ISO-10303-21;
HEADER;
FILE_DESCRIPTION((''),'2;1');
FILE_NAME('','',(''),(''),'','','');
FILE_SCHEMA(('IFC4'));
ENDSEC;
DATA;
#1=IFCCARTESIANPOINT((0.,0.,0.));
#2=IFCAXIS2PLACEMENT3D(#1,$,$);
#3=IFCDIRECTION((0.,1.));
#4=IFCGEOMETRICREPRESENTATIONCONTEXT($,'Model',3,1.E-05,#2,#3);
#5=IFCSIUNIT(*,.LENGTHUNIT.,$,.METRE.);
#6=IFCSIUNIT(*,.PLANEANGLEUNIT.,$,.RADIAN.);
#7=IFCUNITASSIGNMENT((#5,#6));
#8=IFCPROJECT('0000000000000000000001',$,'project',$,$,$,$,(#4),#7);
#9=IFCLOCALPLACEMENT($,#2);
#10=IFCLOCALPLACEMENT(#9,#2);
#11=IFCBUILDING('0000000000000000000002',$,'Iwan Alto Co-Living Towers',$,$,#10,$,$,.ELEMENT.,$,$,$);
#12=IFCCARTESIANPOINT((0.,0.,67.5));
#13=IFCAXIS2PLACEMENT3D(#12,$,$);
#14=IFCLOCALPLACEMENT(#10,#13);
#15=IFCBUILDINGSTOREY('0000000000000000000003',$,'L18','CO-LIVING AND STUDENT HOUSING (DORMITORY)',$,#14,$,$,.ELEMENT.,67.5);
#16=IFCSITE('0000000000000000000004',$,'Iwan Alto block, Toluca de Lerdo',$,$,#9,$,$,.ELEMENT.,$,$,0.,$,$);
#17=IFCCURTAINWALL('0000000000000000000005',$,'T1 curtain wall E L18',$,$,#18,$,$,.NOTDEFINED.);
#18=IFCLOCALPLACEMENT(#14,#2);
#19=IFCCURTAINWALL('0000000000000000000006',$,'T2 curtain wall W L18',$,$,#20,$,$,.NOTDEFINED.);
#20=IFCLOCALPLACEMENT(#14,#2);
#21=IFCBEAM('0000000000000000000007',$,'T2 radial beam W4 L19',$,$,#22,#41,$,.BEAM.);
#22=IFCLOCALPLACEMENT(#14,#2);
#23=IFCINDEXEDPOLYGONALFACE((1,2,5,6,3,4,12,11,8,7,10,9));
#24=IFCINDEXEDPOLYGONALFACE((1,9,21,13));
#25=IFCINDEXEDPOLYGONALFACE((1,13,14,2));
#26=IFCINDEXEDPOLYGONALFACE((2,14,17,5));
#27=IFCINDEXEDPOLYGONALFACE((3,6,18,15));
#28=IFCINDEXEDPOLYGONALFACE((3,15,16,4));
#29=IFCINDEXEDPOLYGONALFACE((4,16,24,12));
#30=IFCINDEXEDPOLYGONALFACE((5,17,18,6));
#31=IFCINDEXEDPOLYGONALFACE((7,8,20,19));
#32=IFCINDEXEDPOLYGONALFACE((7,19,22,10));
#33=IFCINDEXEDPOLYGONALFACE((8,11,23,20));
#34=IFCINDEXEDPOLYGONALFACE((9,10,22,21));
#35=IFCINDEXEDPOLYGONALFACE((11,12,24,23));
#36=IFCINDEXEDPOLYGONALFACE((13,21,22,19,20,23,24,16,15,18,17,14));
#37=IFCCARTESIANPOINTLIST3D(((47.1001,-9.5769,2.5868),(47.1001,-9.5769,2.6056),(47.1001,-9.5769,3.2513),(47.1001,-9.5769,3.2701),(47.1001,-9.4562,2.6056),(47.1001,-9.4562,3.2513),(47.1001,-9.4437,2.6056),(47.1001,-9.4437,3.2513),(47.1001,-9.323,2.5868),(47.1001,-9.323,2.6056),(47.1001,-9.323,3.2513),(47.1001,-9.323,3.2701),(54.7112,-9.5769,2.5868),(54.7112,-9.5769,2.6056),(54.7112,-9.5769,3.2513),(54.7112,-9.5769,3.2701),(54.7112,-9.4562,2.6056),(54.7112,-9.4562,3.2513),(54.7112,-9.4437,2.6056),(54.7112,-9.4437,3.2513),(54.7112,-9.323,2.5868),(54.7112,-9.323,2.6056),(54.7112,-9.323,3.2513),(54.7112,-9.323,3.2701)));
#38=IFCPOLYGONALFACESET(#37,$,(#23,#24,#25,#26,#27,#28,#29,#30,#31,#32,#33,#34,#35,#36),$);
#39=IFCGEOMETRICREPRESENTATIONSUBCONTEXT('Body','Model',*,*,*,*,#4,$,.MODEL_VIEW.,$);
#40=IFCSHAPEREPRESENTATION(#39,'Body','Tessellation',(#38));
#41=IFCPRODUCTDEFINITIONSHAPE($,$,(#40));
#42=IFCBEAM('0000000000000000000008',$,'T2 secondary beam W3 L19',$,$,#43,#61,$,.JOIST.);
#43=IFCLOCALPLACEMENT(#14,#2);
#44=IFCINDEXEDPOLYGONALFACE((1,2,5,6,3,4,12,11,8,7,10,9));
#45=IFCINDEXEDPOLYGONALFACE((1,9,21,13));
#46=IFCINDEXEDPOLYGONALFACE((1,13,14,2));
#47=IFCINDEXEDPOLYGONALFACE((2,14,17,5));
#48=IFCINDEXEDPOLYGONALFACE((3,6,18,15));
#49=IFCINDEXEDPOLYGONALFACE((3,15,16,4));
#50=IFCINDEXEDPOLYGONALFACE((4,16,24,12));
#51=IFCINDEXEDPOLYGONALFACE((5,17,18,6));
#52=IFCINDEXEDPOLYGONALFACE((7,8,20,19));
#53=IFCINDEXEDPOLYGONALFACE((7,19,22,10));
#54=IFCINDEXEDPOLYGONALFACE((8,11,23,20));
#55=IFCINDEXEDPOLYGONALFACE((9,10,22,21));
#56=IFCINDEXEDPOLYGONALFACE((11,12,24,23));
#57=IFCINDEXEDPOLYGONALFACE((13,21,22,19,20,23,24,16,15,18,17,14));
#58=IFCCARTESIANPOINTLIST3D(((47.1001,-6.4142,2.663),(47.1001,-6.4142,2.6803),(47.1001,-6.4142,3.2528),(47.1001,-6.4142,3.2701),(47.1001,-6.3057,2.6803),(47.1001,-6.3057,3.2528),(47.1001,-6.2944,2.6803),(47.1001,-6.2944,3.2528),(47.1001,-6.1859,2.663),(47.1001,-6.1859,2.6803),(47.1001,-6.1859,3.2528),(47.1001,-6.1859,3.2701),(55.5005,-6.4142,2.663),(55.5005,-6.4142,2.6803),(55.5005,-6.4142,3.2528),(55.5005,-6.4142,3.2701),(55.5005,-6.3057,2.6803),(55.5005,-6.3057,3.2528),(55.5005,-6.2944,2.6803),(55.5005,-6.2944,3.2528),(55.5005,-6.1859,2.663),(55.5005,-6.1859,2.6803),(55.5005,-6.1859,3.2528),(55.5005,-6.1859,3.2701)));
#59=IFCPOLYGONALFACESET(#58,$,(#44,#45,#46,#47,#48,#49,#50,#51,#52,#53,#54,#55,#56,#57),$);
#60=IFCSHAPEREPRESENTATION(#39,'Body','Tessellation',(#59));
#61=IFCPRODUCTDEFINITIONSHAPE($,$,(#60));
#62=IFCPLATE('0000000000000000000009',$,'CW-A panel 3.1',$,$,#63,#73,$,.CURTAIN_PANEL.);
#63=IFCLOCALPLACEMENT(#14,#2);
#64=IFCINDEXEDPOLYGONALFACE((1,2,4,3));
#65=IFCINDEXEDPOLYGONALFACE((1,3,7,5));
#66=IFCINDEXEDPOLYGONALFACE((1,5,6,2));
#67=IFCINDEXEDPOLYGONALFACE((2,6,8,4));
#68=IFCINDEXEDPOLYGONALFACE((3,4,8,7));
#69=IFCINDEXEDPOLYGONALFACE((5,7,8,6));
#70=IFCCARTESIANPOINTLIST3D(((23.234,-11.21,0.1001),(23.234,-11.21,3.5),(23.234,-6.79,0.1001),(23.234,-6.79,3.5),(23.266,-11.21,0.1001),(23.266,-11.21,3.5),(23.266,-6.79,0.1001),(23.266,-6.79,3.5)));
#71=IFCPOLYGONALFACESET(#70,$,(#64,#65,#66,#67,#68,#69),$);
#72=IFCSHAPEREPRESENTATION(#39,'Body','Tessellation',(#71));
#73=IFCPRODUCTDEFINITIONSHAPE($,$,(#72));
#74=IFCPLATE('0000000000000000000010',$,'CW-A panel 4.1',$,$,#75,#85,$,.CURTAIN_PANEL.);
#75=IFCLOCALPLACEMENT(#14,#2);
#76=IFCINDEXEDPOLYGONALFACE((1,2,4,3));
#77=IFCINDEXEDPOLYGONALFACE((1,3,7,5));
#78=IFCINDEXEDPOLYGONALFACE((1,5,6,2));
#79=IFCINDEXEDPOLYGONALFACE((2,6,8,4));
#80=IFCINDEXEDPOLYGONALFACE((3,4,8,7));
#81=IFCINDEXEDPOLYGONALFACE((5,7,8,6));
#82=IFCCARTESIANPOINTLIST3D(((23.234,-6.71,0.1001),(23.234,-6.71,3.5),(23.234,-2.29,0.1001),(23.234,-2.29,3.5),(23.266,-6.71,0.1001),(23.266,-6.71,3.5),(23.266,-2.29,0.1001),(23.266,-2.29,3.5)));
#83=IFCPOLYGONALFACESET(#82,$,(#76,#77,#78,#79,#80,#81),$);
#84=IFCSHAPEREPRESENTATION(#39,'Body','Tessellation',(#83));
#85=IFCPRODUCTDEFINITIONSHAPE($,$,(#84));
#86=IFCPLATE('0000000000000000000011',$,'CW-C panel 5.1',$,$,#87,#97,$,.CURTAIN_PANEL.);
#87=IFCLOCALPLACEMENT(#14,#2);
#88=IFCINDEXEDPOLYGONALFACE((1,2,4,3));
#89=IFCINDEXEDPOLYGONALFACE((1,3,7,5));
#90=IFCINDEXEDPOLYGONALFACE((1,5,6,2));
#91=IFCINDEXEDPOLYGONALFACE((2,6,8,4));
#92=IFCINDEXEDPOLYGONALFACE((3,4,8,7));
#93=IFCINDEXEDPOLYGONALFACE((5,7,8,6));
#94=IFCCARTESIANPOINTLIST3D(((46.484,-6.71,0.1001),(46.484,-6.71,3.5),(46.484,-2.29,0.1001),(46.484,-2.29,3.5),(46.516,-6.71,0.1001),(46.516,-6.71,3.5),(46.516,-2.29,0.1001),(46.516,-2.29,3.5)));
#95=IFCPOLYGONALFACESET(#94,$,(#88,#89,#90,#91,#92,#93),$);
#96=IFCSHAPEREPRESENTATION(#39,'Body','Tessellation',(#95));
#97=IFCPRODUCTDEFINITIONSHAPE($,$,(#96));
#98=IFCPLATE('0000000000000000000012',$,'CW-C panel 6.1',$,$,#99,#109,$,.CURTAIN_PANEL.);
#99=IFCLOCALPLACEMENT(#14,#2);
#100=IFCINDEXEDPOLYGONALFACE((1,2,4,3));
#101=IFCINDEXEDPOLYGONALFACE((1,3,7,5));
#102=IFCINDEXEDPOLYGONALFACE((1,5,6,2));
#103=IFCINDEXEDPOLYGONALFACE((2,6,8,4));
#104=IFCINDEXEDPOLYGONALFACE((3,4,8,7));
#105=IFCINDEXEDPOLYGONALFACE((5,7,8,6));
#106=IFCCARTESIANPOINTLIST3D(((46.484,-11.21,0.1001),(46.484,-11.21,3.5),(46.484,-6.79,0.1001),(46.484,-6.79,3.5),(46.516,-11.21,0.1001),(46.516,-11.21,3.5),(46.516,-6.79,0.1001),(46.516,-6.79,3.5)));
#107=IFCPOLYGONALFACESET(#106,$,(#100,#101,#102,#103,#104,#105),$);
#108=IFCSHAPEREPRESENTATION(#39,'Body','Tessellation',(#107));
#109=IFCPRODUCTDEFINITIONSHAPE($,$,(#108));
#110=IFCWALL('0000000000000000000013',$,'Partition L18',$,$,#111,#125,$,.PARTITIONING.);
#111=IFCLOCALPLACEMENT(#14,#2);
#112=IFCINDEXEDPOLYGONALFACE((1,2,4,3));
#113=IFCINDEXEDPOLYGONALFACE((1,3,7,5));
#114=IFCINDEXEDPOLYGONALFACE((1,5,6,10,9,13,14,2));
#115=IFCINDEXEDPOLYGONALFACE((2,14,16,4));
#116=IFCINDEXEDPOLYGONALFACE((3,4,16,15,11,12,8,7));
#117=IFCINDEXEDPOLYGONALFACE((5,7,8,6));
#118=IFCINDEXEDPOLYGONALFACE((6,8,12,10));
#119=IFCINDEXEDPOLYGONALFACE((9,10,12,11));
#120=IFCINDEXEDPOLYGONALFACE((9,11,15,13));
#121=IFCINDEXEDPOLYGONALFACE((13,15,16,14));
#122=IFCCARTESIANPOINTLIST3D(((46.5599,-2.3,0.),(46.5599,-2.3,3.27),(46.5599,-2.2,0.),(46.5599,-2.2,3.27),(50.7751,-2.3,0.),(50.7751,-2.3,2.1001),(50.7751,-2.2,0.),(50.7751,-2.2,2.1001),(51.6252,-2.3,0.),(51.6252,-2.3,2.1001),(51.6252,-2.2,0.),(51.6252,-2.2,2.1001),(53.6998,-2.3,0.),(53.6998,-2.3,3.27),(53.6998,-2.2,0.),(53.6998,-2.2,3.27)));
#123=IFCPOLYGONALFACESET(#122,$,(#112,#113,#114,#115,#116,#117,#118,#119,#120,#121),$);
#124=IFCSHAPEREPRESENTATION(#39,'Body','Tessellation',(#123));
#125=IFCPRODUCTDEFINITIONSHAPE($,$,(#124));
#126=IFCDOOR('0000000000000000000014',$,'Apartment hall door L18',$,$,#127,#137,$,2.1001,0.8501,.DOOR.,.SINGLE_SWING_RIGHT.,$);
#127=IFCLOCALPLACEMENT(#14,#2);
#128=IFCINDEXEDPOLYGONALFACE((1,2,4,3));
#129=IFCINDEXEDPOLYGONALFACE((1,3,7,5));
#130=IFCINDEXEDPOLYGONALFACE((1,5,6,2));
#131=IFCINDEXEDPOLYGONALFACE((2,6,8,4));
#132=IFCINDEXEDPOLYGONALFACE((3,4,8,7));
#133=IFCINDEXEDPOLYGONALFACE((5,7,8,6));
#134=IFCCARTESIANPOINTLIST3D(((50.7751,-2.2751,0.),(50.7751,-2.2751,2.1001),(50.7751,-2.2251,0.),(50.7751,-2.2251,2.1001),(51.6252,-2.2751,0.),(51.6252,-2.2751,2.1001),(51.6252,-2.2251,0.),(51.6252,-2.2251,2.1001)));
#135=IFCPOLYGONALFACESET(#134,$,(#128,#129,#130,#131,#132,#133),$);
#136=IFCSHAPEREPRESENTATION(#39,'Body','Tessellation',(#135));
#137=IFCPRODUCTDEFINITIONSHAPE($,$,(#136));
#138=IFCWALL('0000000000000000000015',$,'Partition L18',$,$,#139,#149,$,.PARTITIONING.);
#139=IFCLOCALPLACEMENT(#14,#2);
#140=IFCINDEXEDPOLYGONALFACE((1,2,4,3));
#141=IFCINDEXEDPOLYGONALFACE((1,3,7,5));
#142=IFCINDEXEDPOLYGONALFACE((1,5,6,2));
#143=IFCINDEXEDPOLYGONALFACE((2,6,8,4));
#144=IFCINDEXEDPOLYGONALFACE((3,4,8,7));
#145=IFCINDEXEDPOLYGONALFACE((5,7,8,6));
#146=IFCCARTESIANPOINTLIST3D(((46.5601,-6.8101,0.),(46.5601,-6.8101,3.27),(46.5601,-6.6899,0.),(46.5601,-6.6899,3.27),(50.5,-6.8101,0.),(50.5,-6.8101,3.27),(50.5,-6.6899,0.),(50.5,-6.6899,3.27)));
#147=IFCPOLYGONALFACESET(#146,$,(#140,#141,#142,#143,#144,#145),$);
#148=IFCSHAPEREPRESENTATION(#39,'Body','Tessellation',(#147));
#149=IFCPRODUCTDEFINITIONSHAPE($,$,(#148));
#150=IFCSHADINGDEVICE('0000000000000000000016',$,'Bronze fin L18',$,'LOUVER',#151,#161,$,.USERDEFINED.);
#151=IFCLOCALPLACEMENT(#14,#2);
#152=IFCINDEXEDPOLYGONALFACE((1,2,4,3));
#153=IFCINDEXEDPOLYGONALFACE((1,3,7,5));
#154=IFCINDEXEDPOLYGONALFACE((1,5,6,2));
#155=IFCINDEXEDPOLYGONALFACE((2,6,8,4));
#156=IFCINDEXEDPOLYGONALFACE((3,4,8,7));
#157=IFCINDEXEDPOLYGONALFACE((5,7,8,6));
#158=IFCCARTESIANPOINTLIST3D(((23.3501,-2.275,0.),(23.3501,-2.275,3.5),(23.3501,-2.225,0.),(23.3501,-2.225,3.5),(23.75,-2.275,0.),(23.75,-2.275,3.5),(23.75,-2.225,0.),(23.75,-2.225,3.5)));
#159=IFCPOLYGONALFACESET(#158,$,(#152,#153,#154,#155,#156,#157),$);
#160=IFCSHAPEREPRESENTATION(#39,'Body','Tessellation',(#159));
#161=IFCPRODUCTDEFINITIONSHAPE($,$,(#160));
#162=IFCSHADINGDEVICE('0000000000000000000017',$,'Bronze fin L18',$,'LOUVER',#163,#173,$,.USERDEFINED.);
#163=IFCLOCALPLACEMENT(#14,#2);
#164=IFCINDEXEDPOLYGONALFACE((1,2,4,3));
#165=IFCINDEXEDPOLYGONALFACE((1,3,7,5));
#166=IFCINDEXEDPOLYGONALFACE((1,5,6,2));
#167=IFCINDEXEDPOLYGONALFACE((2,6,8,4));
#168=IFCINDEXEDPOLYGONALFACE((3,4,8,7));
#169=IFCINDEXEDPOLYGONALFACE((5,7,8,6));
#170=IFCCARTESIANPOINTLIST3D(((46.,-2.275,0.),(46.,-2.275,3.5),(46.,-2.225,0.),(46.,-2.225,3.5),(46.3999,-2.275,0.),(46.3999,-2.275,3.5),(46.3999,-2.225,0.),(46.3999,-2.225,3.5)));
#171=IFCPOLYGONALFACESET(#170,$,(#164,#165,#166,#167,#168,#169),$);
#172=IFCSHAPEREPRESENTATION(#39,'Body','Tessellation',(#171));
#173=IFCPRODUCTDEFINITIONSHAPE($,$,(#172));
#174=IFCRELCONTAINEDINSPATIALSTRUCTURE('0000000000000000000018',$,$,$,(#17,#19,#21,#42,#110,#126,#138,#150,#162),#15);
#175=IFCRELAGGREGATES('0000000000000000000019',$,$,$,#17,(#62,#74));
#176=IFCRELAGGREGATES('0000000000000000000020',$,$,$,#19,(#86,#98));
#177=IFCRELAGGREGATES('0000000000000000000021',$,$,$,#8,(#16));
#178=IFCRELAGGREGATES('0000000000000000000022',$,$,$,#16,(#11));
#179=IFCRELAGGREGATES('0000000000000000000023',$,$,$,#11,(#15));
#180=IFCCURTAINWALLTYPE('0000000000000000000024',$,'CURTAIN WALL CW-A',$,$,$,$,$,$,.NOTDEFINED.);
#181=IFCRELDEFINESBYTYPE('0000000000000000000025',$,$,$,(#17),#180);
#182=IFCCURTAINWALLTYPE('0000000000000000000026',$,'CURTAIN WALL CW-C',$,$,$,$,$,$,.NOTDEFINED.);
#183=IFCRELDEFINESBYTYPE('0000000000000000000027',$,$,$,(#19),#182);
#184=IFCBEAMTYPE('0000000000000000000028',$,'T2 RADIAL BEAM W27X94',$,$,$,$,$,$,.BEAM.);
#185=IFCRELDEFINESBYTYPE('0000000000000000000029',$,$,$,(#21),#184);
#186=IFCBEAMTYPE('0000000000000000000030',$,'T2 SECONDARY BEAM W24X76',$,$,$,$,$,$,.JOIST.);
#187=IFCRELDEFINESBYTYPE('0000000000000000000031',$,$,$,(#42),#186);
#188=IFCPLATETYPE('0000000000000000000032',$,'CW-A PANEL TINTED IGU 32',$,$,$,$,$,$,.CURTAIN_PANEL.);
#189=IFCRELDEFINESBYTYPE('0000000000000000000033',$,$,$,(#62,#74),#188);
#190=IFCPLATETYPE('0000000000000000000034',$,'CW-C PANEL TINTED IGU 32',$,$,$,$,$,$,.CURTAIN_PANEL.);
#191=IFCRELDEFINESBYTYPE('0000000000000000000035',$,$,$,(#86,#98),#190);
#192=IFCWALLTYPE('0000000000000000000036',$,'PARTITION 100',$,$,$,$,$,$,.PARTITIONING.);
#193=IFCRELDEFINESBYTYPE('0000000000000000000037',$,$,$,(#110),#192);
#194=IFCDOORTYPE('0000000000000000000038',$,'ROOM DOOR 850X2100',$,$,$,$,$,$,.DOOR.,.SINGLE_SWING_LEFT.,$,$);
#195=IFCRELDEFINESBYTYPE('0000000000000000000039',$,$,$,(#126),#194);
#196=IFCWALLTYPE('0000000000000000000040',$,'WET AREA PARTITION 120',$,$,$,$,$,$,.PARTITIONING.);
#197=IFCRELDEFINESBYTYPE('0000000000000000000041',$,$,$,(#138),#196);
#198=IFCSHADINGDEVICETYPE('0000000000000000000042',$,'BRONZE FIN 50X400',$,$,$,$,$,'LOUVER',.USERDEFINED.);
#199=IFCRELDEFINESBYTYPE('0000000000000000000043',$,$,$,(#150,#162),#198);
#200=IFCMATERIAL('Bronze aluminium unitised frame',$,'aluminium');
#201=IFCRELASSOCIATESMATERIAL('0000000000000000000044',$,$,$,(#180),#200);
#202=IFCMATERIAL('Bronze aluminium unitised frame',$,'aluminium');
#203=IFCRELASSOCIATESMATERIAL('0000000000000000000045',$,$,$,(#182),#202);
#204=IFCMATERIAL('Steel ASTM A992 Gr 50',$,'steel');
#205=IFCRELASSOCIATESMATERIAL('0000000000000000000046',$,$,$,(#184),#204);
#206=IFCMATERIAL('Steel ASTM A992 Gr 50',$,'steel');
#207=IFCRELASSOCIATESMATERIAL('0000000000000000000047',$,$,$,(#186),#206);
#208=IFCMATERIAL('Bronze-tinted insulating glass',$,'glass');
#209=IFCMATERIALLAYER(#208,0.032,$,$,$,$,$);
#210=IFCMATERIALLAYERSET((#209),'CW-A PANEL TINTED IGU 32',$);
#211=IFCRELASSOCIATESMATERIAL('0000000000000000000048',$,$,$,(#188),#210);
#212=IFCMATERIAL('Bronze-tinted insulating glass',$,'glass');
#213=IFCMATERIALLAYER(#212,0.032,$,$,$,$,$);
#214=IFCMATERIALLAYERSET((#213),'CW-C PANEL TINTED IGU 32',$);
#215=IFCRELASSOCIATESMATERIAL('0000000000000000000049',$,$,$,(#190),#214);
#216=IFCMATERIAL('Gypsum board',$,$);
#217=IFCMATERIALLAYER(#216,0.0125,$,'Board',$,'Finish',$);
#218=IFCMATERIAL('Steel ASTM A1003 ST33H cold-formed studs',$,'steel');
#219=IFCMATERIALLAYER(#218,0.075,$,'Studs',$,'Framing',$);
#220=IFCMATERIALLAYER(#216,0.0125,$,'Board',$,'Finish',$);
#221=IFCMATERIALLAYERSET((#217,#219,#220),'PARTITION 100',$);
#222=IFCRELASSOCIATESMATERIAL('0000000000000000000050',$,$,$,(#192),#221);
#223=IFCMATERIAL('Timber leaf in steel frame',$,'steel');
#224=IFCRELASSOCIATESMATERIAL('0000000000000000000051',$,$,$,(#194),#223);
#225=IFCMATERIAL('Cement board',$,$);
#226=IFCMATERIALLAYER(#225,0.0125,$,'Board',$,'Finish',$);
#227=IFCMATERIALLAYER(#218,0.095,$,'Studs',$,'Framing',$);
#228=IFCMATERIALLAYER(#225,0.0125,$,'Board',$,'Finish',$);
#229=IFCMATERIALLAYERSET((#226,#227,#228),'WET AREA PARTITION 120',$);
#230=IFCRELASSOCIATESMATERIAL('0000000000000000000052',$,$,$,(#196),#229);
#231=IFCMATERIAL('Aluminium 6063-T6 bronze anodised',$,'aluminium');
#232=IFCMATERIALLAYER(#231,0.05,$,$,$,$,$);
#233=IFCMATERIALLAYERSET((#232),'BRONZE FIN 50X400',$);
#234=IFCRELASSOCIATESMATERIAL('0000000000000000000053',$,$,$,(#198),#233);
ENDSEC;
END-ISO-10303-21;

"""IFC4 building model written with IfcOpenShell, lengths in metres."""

from ifc_helpers import new_model, si_unit, direction, frame, frame_2d, origin, origin_2d, place, context, subcontext, project, spatial, rectangle, i_section, extrude, material, layer, layer_set, material_profile, profile_set, type_object, element, fill, aggregate, save


model = new_model("IFC4")

# Units and contexts
model_context = context("Model", 3, precision=1e-05, world=origin(), true_north=direction((0.0, 1.0)))
body_context = subcontext(model_context, "Body", "Model", "MODEL_VIEW")
ifc_project = project(units=[si_unit("LENGTHUNIT", "METRE"), si_unit("PLANEANGLEUNIT", "RADIAN")], contexts=[model_context])

# Site, building, storey
site_placement = place(None, origin())
site = spatial("IfcSite", under=ifc_project, at=site_placement, Name="Iwan Alto block, Toluca de Lerdo", CompositionType="ELEMENT", RefElevation=0.0)
building_placement = place(site_placement, origin())
building = spatial("IfcBuilding", under=site, at=building_placement, Name="Iwan Alto Co-Living Towers", CompositionType="ELEMENT")
storey_placement = place(building_placement, frame((0.0, 0.0, 67.5)))
storey = spatial("IfcBuildingStorey", under=building, at=storey_placement, Name="L18", Description="CO-LIVING AND STUDENT HOUSING (DORMITORY)", CompositionType="ELEMENT", Elevation=67.5)

# Curtain walls
ifc_material_1 = material(Name="Bronze aluminium unitised frame", Category="aluminium")
curtain_wall_type_1 = type_object("IfcCurtainWallType", Name="CURTAIN WALL CW-A", PredefinedType="NOTDEFINED", material=ifc_material_1)
curtain_wall_1_placement = place(storey_placement, origin())
curtain_wall_1 = element("IfcCurtainWall", 1, at=curtain_wall_1_placement, inside=storey, type_object=curtain_wall_type_1, Name="T1 curtain wall E L18", PredefinedType="NOTDEFINED")
ifc_material_2 = material(Name="Bronze aluminium unitised frame", Category="aluminium")
curtain_wall_type_2 = type_object("IfcCurtainWallType", Name="CURTAIN WALL CW-C", PredefinedType="NOTDEFINED", material=ifc_material_2)
curtain_wall_2_placement = place(storey_placement, origin())
curtain_wall_2 = element("IfcCurtainWall", 2, at=curtain_wall_2_placement, inside=storey, type_object=curtain_wall_type_2, Name="T2 curtain wall W L18", PredefinedType="NOTDEFINED")

# Beams
ifc_material_3 = material(Name="Steel ASTM A992 Gr 50", Category="steel")
ifc_material_profile_1 = material_profile(ifc_material_3, i_section(OverallWidth=0.2539, OverallDepth=0.6833, WebThickness=0.0125, FlangeThickness=0.0188, at=origin_2d()), Name="W27X94")
ifc_profile_set_1 = profile_set([ifc_material_profile_1], Name="Steel ASTM A992 Gr 50")
beam_type_1 = type_object("IfcBeamType", Name="T2 RADIAL BEAM W27X94", PredefinedType="BEAM", material=ifc_profile_set_1)
beam_1_placement = place(storey_placement, frame((47.1001, -9.45, 2.9285), z_axis=(1.0, 0.0, 0.0), x_axis=(0.0, 1.0, 0.0)))
element("IfcBeam", 3, at=beam_1_placement, inside=storey, type_object=beam_type_1, Name="T2 radial beam W4 L19", PredefinedType="BEAM", context=body_context, shape_type="SweptSolid", body=[
    extrude(i_section(OverallWidth=0.2539, OverallDepth=0.6833, WebThickness=0.0125, FlangeThickness=0.0188, at=origin_2d()), origin(), (0.0, 0.0, 1.0), 7.6111),
])
ifc_material_4 = material(Name="Steel ASTM A992 Gr 50", Category="steel")
ifc_material_profile_2 = material_profile(ifc_material_4, i_section(OverallWidth=0.2283, OverallDepth=0.6072, WebThickness=0.0112, FlangeThickness=0.0173, at=origin_2d()), Name="W24X76")
ifc_profile_set_2 = profile_set([ifc_material_profile_2], Name="Steel ASTM A992 Gr 50")
beam_type_2 = type_object("IfcBeamType", Name="T2 SECONDARY BEAM W24X76", PredefinedType="JOIST", material=ifc_profile_set_2)
beam_2_placement = place(storey_placement, frame((47.1001, -6.3, 2.9666), z_axis=(1.0, 0.0, 0.0), x_axis=(0.0, 1.0, 0.0)))
element("IfcBeam", 4, at=beam_2_placement, inside=storey, type_object=beam_type_2, Name="T2 secondary beam W3 L19", PredefinedType="JOIST", context=body_context, shape_type="SweptSolid", body=[
    extrude(i_section(OverallWidth=0.2283, OverallDepth=0.6072, WebThickness=0.0112, FlangeThickness=0.0173, at=origin_2d()), origin(), (0.0, 0.0, 1.0), 8.4004),
])

# Plates
ifc_material_5 = material(Name="Bronze-tinted insulating glass", Category="glass")
ifc_layer_1 = layer(ifc_material_5, 0.032)
ifc_layer_set_1 = layer_set([ifc_layer_1], Name="CW-A PANEL TINTED IGU 32")
plate_type_1 = type_object("IfcPlateType", Name="CW-A PANEL TINTED IGU 32", PredefinedType="CURTAIN_PANEL", material=ifc_layer_set_1)
plate_1_placement = place(storey_placement, frame((23.25, -9.0, 0.1001), z_axis=(0.0, 0.0, 1.0), x_axis=(0.0, 1.0, 0.0)))
plate_1 = element("IfcPlate", 5, at=plate_1_placement, type_object=plate_type_1, Name="CW-A panel 3.1", PredefinedType="CURTAIN_PANEL", context=body_context, shape_type="SweptSolid", body=[
    extrude(rectangle(XDim=4.4199, YDim=0.032, at=origin_2d()), origin(), (0.0, 0.0, 1.0), 3.3999),
])
plate_2_placement = place(storey_placement, frame((23.25, -4.5, 0.1001), z_axis=(0.0, 0.0, 1.0), x_axis=(0.0, 1.0, 0.0)))
plate_2 = element("IfcPlate", 6, at=plate_2_placement, type_object=plate_type_1, Name="CW-A panel 4.1", PredefinedType="CURTAIN_PANEL", context=body_context, shape_type="SweptSolid", body=[
    extrude(rectangle(XDim=4.4199, YDim=0.032, at=origin_2d()), origin(), (0.0, 0.0, 1.0), 3.3999),
])
aggregate(curtain_wall_1, [plate_1, plate_2])
ifc_material_6 = material(Name="Bronze-tinted insulating glass", Category="glass")
ifc_layer_2 = layer(ifc_material_6, 0.032)
ifc_layer_set_2 = layer_set([ifc_layer_2], Name="CW-C PANEL TINTED IGU 32")
plate_type_2 = type_object("IfcPlateType", Name="CW-C PANEL TINTED IGU 32", PredefinedType="CURTAIN_PANEL", material=ifc_layer_set_2)
plate_3_placement = place(storey_placement, frame((46.5, -4.5, 0.1001), z_axis=(0.0, 0.0, 1.0), x_axis=(0.0, -1.0, 0.0)))
plate_3 = element("IfcPlate", 7, at=plate_3_placement, type_object=plate_type_2, Name="CW-C panel 5.1", PredefinedType="CURTAIN_PANEL", context=body_context, shape_type="SweptSolid", body=[
    extrude(rectangle(XDim=4.4199, YDim=0.032, at=origin_2d()), origin(), (0.0, 0.0, 1.0), 3.3999),
])
plate_4_placement = place(storey_placement, frame((46.5, -9.0, 0.1001), z_axis=(0.0, 0.0, 1.0), x_axis=(0.0, -1.0, 0.0)))
plate_4 = element("IfcPlate", 8, at=plate_4_placement, type_object=plate_type_2, Name="CW-C panel 6.1", PredefinedType="CURTAIN_PANEL", context=body_context, shape_type="SweptSolid", body=[
    extrude(rectangle(XDim=4.4199, YDim=0.032, at=origin_2d()), origin(), (0.0, 0.0, 1.0), 3.3999),
])
aggregate(curtain_wall_2, [plate_3, plate_4])

# Wall, opening, door
ifc_material_7 = material(Name="Gypsum board")
ifc_layer_3 = layer(ifc_material_7, 0.0125, Name="Board", Category="Finish")
ifc_material_8 = material(Name="Steel ASTM A1003 ST33H cold-formed studs", Category="steel")
ifc_layer_4 = layer(ifc_material_8, 0.075, Name="Studs", Category="Framing")
ifc_layer_5 = layer(ifc_material_7, 0.0125, Name="Board", Category="Finish")
ifc_layer_set_3 = layer_set([ifc_layer_3, ifc_layer_4, ifc_layer_5], Name="PARTITION 100")
wall_type_1 = type_object("IfcWallType", Name="PARTITION 100", PredefinedType="PARTITIONING", material=ifc_layer_set_3)
wall_1_placement = place(storey_placement, frame((46.5601, -2.25, 0.0), z_axis=(0.0, 0.0, 1.0), x_axis=(1.0, 0.0, 0.0)))
wall_1 = element("IfcWall", 9, at=wall_1_placement, inside=storey, type_object=wall_type_1, Name="Partition L18", PredefinedType="PARTITIONING", context=body_context, shape_type="SweptSolid", body=[
    extrude(rectangle(XDim=7.1399, YDim=0.1001, at=frame_2d((3.5698, 0.0))), origin(), (0.0, 0.0, 1.0), 3.27),
])
opening_placement = place(wall_1_placement, frame((4.2151, 0.0, 0.0)))
opening = element("IfcOpeningElement", 10, at=opening_placement, cuts=wall_1, PredefinedType="OPENING", context=body_context, shape_type="SweptSolid", body=[
    extrude(rectangle(XDim=0.8501, YDim=2.1001, at=frame_2d((0.425, 1.05))), frame((0.0, 0.0601, 0.0), z_axis=(0.0, -1.0, 0.0), x_axis=(1.0, 0.0, 0.0)), (0.0, 0.0, 1.0), 0.1201),
])
ifc_material_9 = material(Name="Timber leaf in steel frame", Category="steel")
door_type = type_object("IfcDoorType", Name="ROOM DOOR 850X2100", OperationType="SINGLE_SWING_LEFT", PredefinedType="DOOR", material=ifc_material_9)
door_placement = place(opening_placement, origin())
door = element("IfcDoor", 11, at=door_placement, inside=storey, type_object=door_type, Name="Apartment hall door L18", OperationType="SINGLE_SWING_RIGHT", OverallHeight=2.1001, OverallWidth=0.8501, PredefinedType="DOOR", context=body_context, shape_type="SweptSolid", body=[
    extrude(rectangle(XDim=0.8501, YDim=2.1001, at=frame_2d((0.425, 1.05))), frame((0.0, 0.0249, 0.0), z_axis=(0.0, -1.0, 0.0), x_axis=(1.0, 0.0, 0.0)), (0.0, 0.0, 1.0), 0.05),
])
fill(opening, door)

# Wall
ifc_material_10 = material(Name="Cement board")
ifc_layer_6 = layer(ifc_material_10, 0.0125, Name="Board", Category="Finish")
ifc_layer_7 = layer(ifc_material_8, 0.095, Name="Studs", Category="Framing")
ifc_layer_8 = layer(ifc_material_10, 0.0125, Name="Board", Category="Finish")
ifc_layer_set_4 = layer_set([ifc_layer_6, ifc_layer_7, ifc_layer_8], Name="WET AREA PARTITION 120")
wall_type_2 = type_object("IfcWallType", Name="WET AREA PARTITION 120", PredefinedType="PARTITIONING", material=ifc_layer_set_4)
wall_2_placement = place(storey_placement, frame((46.5601, -6.75, 0.0), z_axis=(0.0, 0.0, 1.0), x_axis=(1.0, 0.0, 0.0)))
element("IfcWall", 12, at=wall_2_placement, inside=storey, type_object=wall_type_2, Name="Partition L18", PredefinedType="PARTITIONING", context=body_context, shape_type="SweptSolid", body=[
    extrude(rectangle(XDim=3.9399, YDim=0.1201, at=frame_2d((1.97, 0.0))), origin(), (0.0, 0.0, 1.0), 3.27),
])

# Shading devices
ifc_material_11 = material(Name="Aluminium 6063-T6 bronze anodised", Category="aluminium")
ifc_layer_9 = layer(ifc_material_11, 0.05)
ifc_layer_set_5 = layer_set([ifc_layer_9], Name="BRONZE FIN 50X400")
shading_device_type = type_object("IfcShadingDeviceType", Name="BRONZE FIN 50X400", ElementType="LOUVER", PredefinedType="USERDEFINED", material=ifc_layer_set_5)
for number, where, z_axis, x_axis, name in (
    (13, (23.55, -2.25, 0.0), (0.0, 0.0, 1.0), (0.0, 1.0, 0.0), "Bronze fin L18"),
    (14, (46.2, -2.25, 0.0), (0.0, 0.0, 1.0), (0.0, -1.0, 0.0), "Bronze fin L18"),
):
    element("IfcShadingDevice", number, at=place(storey_placement, frame(where, z_axis=z_axis, x_axis=x_axis)), inside=storey, type_object=shading_device_type, Name=name, ObjectType="LOUVER", PredefinedType="USERDEFINED", context=body_context, shape_type="SweptSolid", body=[
        extrude(rectangle(XDim=0.05, YDim=0.3999, at=origin_2d()), origin(), (0.0, 0.0, 1.0), 3.5),
    ])

save(model, "model.ifc")
